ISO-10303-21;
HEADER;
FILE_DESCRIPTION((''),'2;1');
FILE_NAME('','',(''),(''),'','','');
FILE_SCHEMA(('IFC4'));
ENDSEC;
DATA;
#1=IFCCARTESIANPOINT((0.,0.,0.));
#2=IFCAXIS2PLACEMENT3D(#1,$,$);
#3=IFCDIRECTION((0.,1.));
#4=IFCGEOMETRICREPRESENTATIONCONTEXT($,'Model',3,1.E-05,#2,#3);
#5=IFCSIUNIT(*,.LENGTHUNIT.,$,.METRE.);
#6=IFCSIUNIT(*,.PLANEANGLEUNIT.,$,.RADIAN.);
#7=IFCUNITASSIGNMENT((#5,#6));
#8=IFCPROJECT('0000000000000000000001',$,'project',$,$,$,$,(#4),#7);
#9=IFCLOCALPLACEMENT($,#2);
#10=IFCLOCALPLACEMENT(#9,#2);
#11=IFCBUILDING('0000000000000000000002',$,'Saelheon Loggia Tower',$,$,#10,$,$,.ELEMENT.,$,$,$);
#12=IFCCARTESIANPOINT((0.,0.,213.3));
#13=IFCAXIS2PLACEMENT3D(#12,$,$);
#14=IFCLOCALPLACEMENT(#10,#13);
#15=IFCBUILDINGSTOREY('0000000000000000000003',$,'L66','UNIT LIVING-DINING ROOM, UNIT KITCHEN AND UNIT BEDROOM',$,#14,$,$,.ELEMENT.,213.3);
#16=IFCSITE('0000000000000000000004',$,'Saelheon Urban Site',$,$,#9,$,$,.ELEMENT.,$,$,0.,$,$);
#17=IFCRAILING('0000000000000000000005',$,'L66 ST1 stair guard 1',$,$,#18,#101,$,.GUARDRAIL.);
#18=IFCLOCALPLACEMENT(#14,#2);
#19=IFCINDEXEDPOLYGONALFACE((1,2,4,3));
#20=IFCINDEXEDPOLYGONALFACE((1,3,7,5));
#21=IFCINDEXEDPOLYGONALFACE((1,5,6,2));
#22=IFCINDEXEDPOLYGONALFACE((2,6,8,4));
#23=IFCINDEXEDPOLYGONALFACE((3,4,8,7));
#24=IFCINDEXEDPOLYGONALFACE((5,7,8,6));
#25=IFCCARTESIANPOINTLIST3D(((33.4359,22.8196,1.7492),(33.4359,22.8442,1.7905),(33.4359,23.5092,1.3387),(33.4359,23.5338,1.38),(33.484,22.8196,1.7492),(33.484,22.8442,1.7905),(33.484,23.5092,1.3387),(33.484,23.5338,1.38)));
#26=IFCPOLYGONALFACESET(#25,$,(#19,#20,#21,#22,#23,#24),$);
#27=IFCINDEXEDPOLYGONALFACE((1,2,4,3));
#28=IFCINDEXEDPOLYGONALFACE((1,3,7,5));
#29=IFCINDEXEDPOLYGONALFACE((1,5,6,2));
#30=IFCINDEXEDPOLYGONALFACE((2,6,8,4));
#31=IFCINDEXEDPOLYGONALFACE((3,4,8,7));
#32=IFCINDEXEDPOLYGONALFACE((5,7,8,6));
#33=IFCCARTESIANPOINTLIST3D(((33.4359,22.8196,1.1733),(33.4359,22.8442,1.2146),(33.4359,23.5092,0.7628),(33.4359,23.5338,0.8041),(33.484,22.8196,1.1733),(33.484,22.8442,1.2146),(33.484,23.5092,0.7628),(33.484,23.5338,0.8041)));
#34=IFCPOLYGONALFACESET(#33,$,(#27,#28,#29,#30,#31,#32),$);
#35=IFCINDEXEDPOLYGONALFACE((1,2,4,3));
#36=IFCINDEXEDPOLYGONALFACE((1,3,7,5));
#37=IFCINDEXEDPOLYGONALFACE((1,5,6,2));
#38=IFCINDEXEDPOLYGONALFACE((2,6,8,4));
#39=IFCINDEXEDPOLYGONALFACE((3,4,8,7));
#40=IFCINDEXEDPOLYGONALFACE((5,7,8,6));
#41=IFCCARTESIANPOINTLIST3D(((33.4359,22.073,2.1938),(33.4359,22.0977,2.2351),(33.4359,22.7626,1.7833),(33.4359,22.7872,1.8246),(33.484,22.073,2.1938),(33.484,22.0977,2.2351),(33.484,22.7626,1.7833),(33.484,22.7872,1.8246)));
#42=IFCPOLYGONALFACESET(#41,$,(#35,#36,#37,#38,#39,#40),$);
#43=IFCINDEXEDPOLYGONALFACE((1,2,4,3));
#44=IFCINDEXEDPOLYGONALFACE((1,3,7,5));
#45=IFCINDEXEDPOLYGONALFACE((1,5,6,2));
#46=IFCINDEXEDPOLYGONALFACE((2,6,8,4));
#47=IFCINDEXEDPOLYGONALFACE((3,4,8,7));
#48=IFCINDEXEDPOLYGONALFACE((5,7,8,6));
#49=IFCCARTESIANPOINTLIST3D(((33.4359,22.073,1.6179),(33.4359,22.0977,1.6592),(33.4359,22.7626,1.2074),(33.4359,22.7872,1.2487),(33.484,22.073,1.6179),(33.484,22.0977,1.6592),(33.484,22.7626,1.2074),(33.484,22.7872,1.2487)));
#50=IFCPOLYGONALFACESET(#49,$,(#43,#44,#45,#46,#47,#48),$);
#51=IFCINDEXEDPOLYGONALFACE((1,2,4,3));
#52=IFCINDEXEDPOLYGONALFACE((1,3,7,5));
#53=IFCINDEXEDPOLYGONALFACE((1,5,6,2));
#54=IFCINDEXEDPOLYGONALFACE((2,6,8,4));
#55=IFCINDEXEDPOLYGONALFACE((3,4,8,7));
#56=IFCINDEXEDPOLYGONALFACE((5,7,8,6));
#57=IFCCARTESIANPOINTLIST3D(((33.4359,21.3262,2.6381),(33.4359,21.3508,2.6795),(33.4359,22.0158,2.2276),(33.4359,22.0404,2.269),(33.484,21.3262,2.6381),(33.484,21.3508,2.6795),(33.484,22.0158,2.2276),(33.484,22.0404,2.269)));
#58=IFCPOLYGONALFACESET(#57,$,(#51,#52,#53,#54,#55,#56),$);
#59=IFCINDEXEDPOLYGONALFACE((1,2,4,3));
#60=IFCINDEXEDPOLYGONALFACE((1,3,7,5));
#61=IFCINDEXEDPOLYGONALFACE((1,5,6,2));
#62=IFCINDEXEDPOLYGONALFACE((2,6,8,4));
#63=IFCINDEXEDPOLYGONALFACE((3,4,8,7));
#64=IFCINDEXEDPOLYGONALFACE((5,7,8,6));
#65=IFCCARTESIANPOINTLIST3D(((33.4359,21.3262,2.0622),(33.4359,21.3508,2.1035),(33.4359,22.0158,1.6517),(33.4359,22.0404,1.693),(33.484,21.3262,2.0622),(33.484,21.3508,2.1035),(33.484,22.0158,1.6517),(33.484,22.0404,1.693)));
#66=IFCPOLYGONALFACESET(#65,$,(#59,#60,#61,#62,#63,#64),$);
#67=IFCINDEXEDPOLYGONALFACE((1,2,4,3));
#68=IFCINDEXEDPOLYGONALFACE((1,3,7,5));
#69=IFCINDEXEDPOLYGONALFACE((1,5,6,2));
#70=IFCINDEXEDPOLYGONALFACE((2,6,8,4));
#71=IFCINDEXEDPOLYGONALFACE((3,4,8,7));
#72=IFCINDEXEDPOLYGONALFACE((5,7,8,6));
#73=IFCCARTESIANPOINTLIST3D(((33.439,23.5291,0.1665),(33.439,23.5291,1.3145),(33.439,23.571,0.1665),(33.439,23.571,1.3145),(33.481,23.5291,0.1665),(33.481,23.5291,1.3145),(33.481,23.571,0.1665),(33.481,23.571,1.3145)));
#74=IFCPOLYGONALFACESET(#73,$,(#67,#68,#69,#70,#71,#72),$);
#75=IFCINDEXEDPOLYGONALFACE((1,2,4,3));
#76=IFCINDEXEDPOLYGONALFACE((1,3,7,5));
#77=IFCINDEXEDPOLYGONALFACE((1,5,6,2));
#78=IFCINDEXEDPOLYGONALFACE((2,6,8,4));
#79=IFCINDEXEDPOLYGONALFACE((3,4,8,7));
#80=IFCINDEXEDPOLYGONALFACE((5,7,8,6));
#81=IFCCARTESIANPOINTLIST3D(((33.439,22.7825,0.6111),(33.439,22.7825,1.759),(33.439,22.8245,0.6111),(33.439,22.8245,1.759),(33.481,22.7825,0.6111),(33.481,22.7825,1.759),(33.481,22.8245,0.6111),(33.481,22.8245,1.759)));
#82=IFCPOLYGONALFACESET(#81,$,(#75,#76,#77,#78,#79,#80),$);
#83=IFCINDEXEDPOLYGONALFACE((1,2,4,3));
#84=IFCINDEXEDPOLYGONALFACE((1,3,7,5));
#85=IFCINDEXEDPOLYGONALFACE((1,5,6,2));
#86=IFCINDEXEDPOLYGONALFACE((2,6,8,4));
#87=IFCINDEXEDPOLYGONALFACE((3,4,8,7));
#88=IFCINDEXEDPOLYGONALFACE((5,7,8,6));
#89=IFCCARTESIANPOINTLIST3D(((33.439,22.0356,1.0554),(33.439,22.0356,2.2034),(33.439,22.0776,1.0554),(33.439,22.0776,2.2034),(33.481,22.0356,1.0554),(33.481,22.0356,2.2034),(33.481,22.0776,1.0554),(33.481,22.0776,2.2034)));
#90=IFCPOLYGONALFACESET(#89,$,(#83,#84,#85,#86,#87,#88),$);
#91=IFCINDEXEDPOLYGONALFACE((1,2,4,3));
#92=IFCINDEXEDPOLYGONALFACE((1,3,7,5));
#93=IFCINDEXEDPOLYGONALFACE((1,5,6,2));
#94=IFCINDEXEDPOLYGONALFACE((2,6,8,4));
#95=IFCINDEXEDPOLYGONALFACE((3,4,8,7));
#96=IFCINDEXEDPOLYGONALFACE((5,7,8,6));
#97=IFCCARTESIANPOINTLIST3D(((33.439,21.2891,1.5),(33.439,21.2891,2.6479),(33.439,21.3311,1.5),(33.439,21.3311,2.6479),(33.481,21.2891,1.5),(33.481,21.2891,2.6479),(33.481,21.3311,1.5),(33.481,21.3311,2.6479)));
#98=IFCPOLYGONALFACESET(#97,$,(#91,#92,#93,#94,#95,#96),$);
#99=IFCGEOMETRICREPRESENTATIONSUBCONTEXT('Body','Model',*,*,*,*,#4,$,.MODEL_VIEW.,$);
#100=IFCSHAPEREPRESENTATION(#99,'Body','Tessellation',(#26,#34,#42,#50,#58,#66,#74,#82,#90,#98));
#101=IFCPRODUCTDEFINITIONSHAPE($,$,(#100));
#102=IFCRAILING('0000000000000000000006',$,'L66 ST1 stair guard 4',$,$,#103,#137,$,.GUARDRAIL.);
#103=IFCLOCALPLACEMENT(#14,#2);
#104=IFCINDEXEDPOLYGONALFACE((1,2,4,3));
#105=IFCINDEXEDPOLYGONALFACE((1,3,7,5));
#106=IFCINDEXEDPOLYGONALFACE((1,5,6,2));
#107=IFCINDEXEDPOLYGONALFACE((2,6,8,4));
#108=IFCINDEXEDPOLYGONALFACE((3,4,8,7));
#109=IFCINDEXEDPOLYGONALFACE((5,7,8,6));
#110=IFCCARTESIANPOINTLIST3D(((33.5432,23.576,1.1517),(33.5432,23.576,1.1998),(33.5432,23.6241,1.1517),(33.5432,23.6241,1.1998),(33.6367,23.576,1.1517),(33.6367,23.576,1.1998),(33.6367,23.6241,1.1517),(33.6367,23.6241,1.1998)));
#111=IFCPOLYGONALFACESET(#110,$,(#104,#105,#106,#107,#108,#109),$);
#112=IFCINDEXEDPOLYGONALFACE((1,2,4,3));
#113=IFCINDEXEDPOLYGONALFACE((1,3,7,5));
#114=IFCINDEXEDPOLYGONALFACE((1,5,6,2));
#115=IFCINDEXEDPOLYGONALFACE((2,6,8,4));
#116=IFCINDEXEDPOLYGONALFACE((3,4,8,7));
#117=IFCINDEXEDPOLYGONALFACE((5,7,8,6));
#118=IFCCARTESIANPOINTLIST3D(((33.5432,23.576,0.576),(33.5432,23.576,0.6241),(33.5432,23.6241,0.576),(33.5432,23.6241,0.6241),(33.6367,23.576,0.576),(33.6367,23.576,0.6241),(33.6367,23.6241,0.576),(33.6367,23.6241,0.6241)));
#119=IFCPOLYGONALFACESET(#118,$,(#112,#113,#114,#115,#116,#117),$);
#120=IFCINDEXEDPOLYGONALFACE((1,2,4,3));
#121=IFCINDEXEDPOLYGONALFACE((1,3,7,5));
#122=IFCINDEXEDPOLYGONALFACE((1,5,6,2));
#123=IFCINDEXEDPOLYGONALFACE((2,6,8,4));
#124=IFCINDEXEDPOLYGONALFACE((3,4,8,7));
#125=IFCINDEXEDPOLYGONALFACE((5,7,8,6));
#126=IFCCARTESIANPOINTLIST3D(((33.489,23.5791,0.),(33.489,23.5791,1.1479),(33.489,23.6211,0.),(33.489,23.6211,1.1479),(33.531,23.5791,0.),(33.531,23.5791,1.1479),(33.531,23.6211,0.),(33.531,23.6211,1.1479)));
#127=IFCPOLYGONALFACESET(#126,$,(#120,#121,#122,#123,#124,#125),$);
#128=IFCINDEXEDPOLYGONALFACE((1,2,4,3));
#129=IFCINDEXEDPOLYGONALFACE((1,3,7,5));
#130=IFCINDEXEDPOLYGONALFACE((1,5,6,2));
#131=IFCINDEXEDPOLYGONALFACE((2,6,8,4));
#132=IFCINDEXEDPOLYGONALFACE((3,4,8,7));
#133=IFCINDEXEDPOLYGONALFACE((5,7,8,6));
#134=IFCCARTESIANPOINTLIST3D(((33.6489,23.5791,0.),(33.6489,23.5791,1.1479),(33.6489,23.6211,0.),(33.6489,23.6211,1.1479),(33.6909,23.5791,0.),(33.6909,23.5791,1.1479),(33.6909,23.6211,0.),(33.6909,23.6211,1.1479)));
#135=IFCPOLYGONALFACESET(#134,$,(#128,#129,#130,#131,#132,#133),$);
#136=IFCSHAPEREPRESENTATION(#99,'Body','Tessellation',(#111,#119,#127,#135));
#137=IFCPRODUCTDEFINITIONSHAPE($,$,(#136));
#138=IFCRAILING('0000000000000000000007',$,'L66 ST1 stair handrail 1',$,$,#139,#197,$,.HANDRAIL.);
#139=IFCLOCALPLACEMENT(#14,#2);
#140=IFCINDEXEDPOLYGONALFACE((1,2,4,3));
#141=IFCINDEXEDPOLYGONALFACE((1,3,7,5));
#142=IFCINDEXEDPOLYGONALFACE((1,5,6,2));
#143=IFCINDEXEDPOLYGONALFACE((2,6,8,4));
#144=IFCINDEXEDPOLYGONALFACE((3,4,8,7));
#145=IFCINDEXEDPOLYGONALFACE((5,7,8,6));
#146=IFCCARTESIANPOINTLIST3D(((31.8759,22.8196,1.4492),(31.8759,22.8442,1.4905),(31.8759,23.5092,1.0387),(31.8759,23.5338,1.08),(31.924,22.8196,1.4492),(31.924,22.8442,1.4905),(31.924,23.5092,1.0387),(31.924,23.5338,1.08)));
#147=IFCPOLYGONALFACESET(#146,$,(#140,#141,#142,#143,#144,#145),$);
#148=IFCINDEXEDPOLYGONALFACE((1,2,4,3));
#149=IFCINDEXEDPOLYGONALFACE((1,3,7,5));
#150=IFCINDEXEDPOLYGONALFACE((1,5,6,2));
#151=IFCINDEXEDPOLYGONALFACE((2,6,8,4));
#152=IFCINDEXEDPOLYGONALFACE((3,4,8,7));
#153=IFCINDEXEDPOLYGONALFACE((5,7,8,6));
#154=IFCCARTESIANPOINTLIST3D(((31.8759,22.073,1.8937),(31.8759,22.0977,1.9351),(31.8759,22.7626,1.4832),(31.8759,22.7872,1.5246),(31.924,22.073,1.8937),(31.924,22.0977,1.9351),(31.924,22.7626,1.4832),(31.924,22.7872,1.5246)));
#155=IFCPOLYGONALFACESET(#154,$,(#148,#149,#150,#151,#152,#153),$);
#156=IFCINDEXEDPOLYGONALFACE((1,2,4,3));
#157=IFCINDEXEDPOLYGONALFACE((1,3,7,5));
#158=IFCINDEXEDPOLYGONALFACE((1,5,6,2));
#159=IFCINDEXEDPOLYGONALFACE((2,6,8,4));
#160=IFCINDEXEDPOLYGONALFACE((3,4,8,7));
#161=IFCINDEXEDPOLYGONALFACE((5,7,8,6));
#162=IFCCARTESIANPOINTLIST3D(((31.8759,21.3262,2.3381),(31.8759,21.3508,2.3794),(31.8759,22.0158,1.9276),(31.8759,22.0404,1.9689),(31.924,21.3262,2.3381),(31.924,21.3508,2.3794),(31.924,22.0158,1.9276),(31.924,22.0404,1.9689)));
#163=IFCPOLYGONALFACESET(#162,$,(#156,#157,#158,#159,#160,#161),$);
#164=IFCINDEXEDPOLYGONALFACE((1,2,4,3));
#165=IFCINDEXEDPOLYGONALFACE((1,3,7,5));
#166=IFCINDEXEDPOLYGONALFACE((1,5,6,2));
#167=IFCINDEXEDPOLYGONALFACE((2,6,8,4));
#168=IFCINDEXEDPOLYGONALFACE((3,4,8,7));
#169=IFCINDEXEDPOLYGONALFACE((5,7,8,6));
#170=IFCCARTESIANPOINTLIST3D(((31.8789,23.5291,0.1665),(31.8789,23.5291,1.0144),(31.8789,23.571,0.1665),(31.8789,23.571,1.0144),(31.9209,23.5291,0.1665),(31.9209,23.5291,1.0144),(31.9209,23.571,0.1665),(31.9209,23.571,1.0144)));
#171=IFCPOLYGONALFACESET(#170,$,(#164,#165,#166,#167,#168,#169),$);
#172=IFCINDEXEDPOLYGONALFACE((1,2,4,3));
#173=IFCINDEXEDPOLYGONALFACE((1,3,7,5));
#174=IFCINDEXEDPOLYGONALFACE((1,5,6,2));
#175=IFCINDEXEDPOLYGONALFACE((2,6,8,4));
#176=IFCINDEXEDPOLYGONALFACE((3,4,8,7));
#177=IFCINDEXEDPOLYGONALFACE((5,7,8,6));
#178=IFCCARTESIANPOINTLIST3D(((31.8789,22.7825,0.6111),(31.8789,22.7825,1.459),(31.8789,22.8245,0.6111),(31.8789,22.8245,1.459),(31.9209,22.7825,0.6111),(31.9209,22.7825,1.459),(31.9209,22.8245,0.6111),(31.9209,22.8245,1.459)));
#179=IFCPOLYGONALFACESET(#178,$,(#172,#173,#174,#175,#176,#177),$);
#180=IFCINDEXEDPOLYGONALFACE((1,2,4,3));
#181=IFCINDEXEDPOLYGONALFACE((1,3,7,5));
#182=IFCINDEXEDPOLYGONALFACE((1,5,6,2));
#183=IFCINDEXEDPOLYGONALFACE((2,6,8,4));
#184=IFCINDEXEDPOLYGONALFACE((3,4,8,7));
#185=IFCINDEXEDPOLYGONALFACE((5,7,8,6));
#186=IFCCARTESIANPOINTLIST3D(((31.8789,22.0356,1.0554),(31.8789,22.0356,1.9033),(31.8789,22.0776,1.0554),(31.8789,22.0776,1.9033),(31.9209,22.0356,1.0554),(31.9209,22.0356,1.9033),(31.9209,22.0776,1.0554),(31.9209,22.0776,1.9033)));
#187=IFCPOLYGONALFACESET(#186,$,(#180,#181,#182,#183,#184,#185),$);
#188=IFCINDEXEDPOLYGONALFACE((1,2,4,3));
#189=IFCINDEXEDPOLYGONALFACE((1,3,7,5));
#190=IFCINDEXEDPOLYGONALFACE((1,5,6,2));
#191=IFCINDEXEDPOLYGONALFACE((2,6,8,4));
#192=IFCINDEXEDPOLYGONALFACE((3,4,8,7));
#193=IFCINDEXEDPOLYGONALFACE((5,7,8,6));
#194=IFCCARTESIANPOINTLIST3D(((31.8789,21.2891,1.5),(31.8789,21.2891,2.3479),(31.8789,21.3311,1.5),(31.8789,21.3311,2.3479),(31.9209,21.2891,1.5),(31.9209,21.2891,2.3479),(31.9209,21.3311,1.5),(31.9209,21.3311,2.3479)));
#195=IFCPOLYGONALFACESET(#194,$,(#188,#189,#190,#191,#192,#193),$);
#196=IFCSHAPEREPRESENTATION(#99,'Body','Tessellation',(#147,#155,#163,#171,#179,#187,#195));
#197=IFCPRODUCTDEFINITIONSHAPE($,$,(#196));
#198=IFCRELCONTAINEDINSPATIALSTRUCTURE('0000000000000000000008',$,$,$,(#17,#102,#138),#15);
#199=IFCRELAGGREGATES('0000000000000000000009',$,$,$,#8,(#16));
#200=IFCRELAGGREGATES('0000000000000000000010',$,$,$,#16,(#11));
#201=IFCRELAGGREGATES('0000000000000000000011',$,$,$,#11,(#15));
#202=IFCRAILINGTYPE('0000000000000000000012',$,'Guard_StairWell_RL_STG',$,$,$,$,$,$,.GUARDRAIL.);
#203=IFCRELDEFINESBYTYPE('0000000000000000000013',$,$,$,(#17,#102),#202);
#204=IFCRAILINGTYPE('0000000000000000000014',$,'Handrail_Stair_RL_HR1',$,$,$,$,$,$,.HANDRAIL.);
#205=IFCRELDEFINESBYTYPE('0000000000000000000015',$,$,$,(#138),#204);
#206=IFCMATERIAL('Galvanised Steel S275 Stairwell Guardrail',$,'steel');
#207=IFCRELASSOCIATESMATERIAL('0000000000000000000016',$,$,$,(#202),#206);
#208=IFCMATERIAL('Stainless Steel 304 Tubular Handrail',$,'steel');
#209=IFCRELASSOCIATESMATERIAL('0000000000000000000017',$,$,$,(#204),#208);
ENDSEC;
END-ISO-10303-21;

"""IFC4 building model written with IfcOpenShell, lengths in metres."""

from ifc_helpers import new_model, si_unit, direction, frame, origin, origin_2d, place, context, subcontext, project, spatial, rectangle, extrude, material, type_object, element, save


model = new_model("IFC4")

# Units and contexts
model_context = context("Model", 3, precision=1e-05, world=origin(), true_north=direction((0.0, 1.0)))
body_context = subcontext(model_context, "Body", "Model", "MODEL_VIEW")
ifc_project = project(units=[si_unit("LENGTHUNIT", "METRE"), si_unit("PLANEANGLEUNIT", "RADIAN")], contexts=[model_context])

# Site, building, storey
site_placement = place(None, origin())
site = spatial("IfcSite", under=ifc_project, at=site_placement, Name="Saelheon Urban Site", CompositionType="ELEMENT", RefElevation=0.0)
building_placement = place(site_placement, origin())
building = spatial("IfcBuilding", under=site, at=building_placement, Name="Saelheon Loggia Tower", CompositionType="ELEMENT")
storey_placement = place(building_placement, frame((0.0, 0.0, 213.3)))
storey = spatial("IfcBuildingStorey", under=building, at=storey_placement, Name="L66", Description="UNIT LIVING-DINING ROOM, UNIT KITCHEN AND UNIT BEDROOM", CompositionType="ELEMENT", Elevation=213.3)

# Railings
ifc_material_1 = material(Name="Galvanised Steel S275 Stairwell Guardrail", Category="steel")
railing_type_1 = type_object("IfcRailingType", Name="Guard_StairWell_RL_STG", PredefinedType="GUARDRAIL", material=ifc_material_1)
railing_1_placement = place(storey_placement, frame((33.46, 23.55, 0.1665)))
element("IfcRailing", 1, at=railing_1_placement, inside=storey, type_object=railing_type_1, Name="L66 ST1 stair guard 1", PredefinedType="GUARDRAIL", context=body_context, shape_type="SweptSolid", body=[
    extrude(rectangle(XDim=0.0481, YDim=0.0481, at=origin_2d()), frame((0.0, -0.0286, 1.1929), z_axis=(0.0, -0.859264, 0.511532), x_axis=(1.0, 0.0, 0.0)), (0.0, 0.0, 1.0), 0.8025),
    extrude(rectangle(XDim=0.0481, YDim=0.0481, at=origin_2d()), frame((0.0, -0.0286, 0.6169), z_axis=(0.0, -0.859264, 0.511532), x_axis=(1.0, 0.0, 0.0)), (0.0, 0.0, 1.0), 0.8025),
    extrude(rectangle(XDim=0.0481, YDim=0.0481, at=origin_2d()), frame((0.0, -0.7751, 1.6375), z_axis=(0.0, -0.859264, 0.511532), x_axis=(1.0, 0.0, 0.0)), (0.0, 0.0, 1.0), 0.8025),
    extrude(rectangle(XDim=0.0481, YDim=0.0481, at=origin_2d()), frame((0.0, -0.7751, 1.0615), z_axis=(0.0, -0.859264, 0.511532), x_axis=(1.0, 0.0, 0.0)), (0.0, 0.0, 1.0), 0.8025),
    extrude(rectangle(XDim=0.0481, YDim=0.0481, at=origin_2d()), frame((0.0, -1.522, 2.0818), z_axis=(0.0, -0.859264, 0.511532), x_axis=(1.0, 0.0, 0.0)), (0.0, 0.0, 1.0), 0.8025),
    extrude(rectangle(XDim=0.0481, YDim=0.0481, at=origin_2d()), frame((0.0, -1.522, 1.5059), z_axis=(0.0, -0.859264, 0.511532), x_axis=(1.0, 0.0, 0.0)), (0.0, 0.0, 1.0), 0.8025),
    extrude(rectangle(XDim=0.042, YDim=0.042, at=origin_2d()), origin(), (0.0, 0.0, 1.0), 1.1479),
    extrude(rectangle(XDim=0.042, YDim=0.042, at=origin_2d()), frame((0.0, -0.7466, 0.4446)), (0.0, 0.0, 1.0), 1.1479),
    extrude(rectangle(XDim=0.042, YDim=0.042, at=origin_2d()), frame((0.0, -1.4934, 0.8889)), (0.0, 0.0, 1.0), 1.1479),
    extrude(rectangle(XDim=0.042, YDim=0.042, at=origin_2d()), frame((0.0, -2.24, 1.3335)), (0.0, 0.0, 1.0), 1.1479),
])
railing_2_placement = place(storey_placement, frame((33.51, 23.6001, 0.0)))
element("IfcRailing", 2, at=railing_2_placement, inside=storey, type_object=railing_type_1, Name="L66 ST1 stair guard 4", PredefinedType="GUARDRAIL", context=body_context, shape_type="SweptSolid", body=[
    extrude(rectangle(XDim=0.0481, YDim=0.0481, at=origin_2d()), frame((0.0332, 0.0, 1.1758), z_axis=(1.0, 0.0, 0.0), x_axis=(0.0, 1.0, 0.0)), (0.0, 0.0, 1.0), 0.0935),
    extrude(rectangle(XDim=0.0481, YDim=0.0481, at=origin_2d()), frame((0.0332, 0.0, 0.6001), z_axis=(1.0, 0.0, 0.0), x_axis=(0.0, 1.0, 0.0)), (0.0, 0.0, 1.0), 0.0935),
    extrude(rectangle(XDim=0.042, YDim=0.042, at=origin_2d()), origin(), (0.0, 0.0, 1.0), 1.1479),
    extrude(rectangle(XDim=0.042, YDim=0.042, at=origin_2d()), frame((0.1599, 0.0, 0.0)), (0.0, 0.0, 1.0), 1.1479),
])
ifc_material_2 = material(Name="Stainless Steel 304 Tubular Handrail", Category="steel")
railing_type_2 = type_object("IfcRailingType", Name="Handrail_Stair_RL_HR1", PredefinedType="HANDRAIL", material=ifc_material_2)
railing_3_placement = place(storey_placement, frame((31.8999, 23.55, 0.1665)))
element("IfcRailing", 3, at=railing_3_placement, inside=storey, type_object=railing_type_2, Name="L66 ST1 stair handrail 1", PredefinedType="HANDRAIL", context=body_context, shape_type="SweptSolid", body=[
    extrude(rectangle(XDim=0.0481, YDim=0.0481, at=origin_2d()), frame((0.0, -0.0286, 0.8928), z_axis=(0.0, -0.859264, 0.511532), x_axis=(1.0, 0.0, 0.0)), (0.0, 0.0, 1.0), 0.8025),
    extrude(rectangle(XDim=0.0481, YDim=0.0481, at=origin_2d()), frame((0.0, -0.7751, 1.3374), z_axis=(0.0, -0.859264, 0.511532), x_axis=(1.0, 0.0, 0.0)), (0.0, 0.0, 1.0), 0.8025),
    extrude(rectangle(XDim=0.0481, YDim=0.0481, at=origin_2d()), frame((0.0, -1.522, 1.7817), z_axis=(0.0, -0.859264, 0.511532), x_axis=(1.0, 0.0, 0.0)), (0.0, 0.0, 1.0), 0.8025),
    extrude(rectangle(XDim=0.042, YDim=0.042, at=origin_2d()), origin(), (0.0, 0.0, 1.0), 0.8479),
    extrude(rectangle(XDim=0.042, YDim=0.042, at=origin_2d()), frame((0.0, -0.7466, 0.4446)), (0.0, 0.0, 1.0), 0.8479),
    extrude(rectangle(XDim=0.042, YDim=0.042, at=origin_2d()), frame((0.0, -1.4934, 0.8889)), (0.0, 0.0, 1.0), 0.8479),
    extrude(rectangle(XDim=0.042, YDim=0.042, at=origin_2d()), frame((0.0, -2.24, 1.3335)), (0.0, 0.0, 1.0), 0.8479),
])

save(model, "model.ifc")
